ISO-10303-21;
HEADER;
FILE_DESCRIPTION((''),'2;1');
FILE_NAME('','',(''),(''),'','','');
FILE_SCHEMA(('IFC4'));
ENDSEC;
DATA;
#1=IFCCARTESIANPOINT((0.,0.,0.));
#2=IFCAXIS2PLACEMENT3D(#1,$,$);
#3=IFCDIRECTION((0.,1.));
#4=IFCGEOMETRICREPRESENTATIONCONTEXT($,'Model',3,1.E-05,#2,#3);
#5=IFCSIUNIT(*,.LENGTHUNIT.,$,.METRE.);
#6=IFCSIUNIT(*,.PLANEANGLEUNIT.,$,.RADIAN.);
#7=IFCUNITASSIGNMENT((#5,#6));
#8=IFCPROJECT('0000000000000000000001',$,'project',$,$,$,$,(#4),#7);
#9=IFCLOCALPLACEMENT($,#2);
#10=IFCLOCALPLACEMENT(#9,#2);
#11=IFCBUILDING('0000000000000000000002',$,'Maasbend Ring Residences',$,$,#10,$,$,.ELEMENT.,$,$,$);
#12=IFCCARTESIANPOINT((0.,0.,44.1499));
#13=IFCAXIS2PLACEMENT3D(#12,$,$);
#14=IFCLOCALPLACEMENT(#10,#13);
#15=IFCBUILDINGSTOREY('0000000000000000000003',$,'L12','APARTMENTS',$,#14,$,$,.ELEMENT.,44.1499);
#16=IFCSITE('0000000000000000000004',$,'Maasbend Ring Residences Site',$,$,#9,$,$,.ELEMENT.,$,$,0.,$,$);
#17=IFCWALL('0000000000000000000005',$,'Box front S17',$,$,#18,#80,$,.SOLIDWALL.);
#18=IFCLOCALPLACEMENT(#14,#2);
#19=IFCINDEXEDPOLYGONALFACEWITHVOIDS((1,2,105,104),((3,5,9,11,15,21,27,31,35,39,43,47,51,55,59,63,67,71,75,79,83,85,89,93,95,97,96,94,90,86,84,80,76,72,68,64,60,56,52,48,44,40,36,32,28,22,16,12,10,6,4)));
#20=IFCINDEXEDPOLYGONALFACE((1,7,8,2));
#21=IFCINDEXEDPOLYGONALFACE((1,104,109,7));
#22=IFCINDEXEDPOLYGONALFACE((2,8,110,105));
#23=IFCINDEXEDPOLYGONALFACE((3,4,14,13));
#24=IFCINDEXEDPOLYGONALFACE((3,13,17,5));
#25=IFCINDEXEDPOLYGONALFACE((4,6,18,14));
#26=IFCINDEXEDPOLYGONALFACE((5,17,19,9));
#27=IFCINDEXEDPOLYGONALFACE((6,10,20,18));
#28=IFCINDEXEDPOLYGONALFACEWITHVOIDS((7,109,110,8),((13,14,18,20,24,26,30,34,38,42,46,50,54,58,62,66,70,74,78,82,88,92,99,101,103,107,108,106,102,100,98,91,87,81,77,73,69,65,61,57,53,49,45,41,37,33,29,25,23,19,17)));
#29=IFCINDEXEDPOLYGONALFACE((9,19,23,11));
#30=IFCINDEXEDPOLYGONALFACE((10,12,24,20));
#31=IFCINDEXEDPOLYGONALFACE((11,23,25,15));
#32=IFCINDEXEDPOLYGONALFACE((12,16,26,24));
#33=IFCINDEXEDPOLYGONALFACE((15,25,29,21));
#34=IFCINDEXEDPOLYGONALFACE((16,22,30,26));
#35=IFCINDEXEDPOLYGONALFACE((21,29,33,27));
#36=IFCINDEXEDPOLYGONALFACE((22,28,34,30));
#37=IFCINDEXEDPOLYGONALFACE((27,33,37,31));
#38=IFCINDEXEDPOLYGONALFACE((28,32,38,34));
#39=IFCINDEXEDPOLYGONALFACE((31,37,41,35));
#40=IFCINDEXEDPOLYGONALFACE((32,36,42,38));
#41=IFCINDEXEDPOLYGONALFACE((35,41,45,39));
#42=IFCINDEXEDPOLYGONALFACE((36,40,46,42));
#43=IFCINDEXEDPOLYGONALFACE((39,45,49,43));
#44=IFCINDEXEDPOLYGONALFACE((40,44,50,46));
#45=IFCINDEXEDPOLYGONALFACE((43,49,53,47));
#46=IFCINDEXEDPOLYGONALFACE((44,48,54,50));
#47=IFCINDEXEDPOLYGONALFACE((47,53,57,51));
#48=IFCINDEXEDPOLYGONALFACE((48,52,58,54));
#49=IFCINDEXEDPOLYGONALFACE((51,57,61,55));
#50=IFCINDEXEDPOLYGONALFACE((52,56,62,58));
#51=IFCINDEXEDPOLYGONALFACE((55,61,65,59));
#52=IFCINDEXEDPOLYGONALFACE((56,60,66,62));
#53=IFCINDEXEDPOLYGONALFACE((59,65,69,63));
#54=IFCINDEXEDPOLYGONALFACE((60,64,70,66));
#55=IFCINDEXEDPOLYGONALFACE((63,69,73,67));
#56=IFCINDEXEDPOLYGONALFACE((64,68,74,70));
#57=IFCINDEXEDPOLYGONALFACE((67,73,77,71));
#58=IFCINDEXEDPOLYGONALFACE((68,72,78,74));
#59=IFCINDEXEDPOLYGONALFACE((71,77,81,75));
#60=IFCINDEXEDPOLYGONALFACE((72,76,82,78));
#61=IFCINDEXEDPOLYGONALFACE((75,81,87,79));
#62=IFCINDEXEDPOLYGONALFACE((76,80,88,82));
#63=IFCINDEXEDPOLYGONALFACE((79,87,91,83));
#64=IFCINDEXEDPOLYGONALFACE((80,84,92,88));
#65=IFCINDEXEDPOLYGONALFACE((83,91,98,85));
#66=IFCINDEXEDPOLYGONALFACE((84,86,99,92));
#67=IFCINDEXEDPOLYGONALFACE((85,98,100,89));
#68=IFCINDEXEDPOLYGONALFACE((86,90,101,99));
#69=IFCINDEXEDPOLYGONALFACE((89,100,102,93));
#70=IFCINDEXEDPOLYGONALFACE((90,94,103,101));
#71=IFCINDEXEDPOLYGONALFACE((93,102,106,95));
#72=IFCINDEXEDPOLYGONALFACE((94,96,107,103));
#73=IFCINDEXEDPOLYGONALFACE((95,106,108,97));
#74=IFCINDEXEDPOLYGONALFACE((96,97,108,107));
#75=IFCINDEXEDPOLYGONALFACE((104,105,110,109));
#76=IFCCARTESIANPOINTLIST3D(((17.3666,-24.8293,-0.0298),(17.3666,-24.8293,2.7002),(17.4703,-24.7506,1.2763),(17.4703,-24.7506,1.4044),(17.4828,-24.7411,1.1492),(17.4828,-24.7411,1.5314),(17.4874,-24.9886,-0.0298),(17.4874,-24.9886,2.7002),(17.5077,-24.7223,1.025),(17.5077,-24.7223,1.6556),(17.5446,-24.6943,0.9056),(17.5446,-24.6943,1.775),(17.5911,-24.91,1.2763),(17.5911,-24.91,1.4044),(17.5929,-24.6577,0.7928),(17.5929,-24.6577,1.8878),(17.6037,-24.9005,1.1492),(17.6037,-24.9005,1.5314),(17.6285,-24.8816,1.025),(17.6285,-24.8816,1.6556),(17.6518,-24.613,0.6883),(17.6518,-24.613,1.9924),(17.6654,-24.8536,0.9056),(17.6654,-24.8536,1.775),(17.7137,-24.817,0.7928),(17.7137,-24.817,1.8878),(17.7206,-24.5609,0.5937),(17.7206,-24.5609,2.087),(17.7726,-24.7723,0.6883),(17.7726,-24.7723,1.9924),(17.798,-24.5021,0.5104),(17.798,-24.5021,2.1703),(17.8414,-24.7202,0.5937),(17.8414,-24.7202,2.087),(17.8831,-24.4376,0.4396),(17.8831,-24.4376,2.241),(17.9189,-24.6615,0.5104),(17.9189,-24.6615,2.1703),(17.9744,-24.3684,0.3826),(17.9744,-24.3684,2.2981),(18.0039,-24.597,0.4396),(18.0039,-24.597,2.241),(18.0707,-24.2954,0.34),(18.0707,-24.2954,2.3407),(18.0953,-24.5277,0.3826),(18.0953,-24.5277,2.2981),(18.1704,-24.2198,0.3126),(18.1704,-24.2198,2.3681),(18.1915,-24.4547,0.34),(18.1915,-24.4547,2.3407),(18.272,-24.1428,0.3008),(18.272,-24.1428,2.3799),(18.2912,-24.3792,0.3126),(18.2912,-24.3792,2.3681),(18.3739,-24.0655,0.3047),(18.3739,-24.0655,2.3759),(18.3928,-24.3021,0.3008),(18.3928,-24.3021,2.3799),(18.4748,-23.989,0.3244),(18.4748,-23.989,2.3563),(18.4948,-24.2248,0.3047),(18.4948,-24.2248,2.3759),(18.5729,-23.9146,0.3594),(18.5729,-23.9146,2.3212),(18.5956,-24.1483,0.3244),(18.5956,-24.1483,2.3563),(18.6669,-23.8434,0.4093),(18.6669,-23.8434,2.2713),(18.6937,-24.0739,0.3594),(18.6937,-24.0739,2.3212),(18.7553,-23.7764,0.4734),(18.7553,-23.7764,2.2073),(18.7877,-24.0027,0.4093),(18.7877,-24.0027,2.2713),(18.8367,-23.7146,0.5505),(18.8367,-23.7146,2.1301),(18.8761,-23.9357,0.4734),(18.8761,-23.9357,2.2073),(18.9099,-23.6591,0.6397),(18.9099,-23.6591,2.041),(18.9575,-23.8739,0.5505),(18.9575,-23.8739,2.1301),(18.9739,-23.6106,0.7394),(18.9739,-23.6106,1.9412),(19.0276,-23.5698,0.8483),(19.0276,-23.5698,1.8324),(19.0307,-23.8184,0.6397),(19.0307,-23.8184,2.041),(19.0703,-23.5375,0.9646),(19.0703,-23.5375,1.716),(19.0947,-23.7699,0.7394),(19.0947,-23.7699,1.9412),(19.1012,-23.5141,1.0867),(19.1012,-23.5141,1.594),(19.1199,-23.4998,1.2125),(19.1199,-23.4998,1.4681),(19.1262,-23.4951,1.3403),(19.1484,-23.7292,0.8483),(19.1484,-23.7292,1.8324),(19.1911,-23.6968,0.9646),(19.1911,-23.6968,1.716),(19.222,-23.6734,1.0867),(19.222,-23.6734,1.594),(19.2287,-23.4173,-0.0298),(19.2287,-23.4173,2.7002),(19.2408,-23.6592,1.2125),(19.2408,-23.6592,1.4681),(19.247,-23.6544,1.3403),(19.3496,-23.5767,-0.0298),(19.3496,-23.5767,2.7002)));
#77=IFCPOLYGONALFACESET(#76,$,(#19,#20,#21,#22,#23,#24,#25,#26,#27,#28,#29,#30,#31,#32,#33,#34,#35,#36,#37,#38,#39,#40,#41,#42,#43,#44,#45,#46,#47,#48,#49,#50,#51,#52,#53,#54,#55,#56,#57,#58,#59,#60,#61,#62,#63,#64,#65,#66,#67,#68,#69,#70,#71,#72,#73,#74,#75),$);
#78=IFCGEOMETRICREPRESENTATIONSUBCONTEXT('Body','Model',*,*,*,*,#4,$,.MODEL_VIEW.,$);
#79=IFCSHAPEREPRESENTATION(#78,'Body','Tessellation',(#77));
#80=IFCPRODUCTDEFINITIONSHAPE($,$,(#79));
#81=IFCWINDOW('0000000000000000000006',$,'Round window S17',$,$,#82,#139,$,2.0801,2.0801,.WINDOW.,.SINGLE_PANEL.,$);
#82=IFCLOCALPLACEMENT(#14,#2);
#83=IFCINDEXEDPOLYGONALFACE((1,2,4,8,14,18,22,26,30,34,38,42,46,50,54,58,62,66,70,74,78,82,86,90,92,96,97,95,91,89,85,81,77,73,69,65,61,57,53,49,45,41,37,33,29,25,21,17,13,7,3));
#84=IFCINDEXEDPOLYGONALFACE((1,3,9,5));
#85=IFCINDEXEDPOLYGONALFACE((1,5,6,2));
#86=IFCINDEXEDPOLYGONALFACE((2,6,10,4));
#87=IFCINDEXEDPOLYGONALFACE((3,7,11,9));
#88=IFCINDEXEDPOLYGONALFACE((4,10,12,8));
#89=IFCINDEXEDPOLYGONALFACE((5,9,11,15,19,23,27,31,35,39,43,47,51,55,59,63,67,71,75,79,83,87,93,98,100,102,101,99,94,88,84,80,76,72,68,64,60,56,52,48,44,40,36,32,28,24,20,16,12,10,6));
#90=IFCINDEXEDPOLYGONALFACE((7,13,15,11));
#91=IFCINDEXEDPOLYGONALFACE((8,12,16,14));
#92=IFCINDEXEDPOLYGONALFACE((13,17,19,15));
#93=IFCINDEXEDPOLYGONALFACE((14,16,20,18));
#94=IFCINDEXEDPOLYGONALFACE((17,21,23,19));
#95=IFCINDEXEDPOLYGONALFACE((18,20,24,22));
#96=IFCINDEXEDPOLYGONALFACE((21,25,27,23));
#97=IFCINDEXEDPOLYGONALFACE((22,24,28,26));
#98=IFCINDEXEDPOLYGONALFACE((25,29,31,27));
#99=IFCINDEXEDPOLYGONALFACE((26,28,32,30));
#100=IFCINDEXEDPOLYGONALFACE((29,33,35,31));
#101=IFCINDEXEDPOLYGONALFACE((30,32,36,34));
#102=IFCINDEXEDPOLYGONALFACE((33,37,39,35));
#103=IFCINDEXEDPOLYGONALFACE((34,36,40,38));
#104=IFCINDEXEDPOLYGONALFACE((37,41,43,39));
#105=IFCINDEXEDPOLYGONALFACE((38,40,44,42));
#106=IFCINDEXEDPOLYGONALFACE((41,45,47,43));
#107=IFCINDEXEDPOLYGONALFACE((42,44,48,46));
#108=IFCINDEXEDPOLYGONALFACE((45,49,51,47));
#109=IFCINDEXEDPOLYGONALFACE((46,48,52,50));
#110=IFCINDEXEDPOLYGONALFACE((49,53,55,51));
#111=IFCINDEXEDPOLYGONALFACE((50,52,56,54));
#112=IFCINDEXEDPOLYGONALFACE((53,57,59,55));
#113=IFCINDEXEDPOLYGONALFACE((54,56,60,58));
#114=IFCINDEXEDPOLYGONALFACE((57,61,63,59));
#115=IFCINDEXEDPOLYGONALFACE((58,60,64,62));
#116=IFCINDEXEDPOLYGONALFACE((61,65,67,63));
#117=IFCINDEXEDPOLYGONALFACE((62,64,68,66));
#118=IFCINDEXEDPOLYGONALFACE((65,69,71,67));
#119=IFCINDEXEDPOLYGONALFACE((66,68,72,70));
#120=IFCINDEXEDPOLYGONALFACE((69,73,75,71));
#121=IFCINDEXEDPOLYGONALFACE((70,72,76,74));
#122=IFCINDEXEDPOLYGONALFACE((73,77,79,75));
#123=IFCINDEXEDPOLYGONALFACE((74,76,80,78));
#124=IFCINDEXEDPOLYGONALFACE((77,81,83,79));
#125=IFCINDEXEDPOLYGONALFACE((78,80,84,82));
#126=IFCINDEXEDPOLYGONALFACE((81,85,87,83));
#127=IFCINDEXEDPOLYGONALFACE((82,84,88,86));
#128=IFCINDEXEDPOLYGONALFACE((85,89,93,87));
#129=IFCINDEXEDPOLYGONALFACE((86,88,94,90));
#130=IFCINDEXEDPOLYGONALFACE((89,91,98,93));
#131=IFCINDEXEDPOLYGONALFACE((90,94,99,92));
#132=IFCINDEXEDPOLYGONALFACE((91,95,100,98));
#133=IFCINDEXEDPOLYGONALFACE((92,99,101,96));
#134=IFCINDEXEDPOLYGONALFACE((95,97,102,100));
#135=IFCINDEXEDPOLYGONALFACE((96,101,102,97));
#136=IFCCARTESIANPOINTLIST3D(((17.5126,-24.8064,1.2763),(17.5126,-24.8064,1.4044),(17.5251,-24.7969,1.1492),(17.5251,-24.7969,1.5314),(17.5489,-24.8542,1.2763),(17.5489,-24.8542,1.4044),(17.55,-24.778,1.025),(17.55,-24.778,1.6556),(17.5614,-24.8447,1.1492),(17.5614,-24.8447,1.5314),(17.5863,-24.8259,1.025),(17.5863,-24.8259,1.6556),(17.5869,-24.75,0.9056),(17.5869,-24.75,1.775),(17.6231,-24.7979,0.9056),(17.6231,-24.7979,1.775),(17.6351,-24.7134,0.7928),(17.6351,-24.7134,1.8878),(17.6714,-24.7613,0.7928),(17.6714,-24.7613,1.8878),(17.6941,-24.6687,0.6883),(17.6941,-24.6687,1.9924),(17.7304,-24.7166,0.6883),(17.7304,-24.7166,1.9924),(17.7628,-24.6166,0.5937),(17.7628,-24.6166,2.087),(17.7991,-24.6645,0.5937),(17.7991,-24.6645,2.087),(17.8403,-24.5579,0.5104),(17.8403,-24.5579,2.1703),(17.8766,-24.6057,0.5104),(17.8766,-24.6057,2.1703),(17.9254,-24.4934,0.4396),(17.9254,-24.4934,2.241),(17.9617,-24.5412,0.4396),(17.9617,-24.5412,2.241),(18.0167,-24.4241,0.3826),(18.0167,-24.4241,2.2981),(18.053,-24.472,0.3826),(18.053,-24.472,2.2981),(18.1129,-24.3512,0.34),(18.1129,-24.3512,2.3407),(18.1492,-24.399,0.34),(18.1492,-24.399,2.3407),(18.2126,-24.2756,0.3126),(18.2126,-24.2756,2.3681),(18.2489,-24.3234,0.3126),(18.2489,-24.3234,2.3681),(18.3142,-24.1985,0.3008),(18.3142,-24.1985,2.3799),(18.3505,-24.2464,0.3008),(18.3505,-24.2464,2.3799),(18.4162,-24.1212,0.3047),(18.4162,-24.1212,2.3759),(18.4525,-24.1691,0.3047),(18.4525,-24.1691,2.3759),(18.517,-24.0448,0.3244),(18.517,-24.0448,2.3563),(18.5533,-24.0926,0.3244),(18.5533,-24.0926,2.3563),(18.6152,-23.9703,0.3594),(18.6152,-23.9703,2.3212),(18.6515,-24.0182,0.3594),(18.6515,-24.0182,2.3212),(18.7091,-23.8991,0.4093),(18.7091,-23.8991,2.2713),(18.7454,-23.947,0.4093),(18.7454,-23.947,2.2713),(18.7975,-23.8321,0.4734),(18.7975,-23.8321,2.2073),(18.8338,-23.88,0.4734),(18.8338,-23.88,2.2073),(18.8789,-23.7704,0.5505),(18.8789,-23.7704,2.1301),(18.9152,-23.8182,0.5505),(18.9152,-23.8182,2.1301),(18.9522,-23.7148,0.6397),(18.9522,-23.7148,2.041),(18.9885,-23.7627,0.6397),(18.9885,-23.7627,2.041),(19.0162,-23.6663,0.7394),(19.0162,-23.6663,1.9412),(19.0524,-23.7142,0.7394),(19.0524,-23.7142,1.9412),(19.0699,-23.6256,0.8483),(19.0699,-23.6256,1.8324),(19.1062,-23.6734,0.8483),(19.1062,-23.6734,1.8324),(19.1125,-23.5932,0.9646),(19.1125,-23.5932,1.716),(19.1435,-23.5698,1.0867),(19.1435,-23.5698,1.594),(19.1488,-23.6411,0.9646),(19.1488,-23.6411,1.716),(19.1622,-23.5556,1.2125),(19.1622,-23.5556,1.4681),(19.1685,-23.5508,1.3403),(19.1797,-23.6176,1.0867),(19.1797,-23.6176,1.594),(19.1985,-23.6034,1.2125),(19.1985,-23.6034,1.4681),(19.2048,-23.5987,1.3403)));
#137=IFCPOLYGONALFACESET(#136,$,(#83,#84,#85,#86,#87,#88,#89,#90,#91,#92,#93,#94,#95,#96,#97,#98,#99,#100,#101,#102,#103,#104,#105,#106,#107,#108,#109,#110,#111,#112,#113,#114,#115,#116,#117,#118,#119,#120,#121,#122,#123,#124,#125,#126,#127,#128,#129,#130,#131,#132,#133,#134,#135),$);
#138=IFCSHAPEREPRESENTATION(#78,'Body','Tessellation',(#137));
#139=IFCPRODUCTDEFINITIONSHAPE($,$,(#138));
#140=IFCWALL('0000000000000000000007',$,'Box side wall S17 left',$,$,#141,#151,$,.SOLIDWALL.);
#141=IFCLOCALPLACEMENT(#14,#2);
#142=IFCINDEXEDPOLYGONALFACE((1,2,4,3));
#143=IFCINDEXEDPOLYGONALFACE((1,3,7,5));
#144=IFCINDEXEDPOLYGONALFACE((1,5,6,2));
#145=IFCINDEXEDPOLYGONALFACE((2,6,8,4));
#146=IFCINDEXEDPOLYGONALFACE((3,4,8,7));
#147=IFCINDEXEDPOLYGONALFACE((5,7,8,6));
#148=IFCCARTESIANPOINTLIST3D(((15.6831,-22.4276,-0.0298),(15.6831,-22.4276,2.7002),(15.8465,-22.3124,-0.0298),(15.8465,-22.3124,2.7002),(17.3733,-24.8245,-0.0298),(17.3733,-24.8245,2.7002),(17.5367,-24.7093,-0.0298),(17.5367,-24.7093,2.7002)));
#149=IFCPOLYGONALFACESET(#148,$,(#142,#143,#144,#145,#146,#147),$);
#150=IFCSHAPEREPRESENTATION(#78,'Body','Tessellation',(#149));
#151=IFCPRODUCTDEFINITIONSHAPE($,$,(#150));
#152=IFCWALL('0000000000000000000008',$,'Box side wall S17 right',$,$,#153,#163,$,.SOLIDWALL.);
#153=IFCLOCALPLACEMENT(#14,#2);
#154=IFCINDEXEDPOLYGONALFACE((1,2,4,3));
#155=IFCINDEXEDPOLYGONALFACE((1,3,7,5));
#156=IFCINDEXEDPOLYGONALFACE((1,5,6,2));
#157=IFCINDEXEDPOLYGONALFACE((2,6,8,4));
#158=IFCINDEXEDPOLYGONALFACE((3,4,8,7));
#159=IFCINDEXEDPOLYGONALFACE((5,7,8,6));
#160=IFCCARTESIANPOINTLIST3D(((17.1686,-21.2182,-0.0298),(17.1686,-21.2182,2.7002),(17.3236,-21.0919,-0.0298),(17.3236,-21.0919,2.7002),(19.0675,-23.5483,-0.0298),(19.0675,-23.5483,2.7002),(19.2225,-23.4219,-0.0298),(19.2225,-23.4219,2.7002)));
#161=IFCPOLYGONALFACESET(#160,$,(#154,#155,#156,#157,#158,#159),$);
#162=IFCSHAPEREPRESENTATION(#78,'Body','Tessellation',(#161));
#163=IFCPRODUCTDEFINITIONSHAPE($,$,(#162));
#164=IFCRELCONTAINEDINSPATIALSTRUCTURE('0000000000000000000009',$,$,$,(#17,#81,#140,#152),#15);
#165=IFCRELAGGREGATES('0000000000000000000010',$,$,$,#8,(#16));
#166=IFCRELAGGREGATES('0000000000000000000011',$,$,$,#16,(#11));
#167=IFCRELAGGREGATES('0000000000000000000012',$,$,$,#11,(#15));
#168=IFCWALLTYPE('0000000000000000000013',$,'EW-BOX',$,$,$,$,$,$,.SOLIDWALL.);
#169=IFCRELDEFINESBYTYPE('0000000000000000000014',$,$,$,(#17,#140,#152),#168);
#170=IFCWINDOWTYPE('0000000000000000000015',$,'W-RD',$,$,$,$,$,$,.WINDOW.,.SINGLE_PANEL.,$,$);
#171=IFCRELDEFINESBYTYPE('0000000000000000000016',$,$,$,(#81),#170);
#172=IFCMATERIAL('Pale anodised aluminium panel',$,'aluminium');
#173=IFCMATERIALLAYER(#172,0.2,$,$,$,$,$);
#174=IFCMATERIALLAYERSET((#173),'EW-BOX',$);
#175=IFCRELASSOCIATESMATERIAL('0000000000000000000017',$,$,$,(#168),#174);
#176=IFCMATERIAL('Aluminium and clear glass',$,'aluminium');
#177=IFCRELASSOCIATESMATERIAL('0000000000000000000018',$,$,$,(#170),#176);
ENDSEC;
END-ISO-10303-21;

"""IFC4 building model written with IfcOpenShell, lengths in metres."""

from ifc_helpers import new_model, si_unit, direction, frame, frame_2d, origin, place, context, subcontext, project, spatial, rectangle, circle, extrude, material, layer, layer_set, type_object, element, fill, save


model = new_model("IFC4")

# Units and contexts
model_context = context("Model", 3, precision=1e-05, world=origin(), true_north=direction((0.0, 1.0)))
body_context = subcontext(model_context, "Body", "Model", "MODEL_VIEW")
ifc_project = project(units=[si_unit("LENGTHUNIT", "METRE"), si_unit("PLANEANGLEUNIT", "RADIAN")], contexts=[model_context])

# Site, building, storey
site_placement = place(None, origin())
site = spatial("IfcSite", under=ifc_project, at=site_placement, Name="Maasbend Ring Residences Site", CompositionType="ELEMENT", RefElevation=0.0)
building_placement = place(site_placement, origin())
building = spatial("IfcBuilding", under=site, at=building_placement, Name="Maasbend Ring Residences", CompositionType="ELEMENT")
storey_placement = place(building_placement, frame((0.0, 0.0, 44.1499)))
storey = spatial("IfcBuildingStorey", under=building, at=storey_placement, Name="L12", Description="APARTMENTS", CompositionType="ELEMENT", Elevation=44.1499)

# Shared definitions
ifc_material_1 = material(Name="Pale anodised aluminium panel", Category="aluminium")
ifc_layer_1 = layer(ifc_material_1, 0.2)
ifc_layer_set_1 = layer_set([ifc_layer_1], Name="EW-BOX")
wall_type_1 = type_object("IfcWallType", Name="EW-BOX", PredefinedType="SOLIDWALL", material=ifc_layer_set_1)
ifc_material_2 = material(Name="Aluminium and clear glass", Category="aluminium")
window_type_1 = type_object("IfcWindowType", Name="W-RD", PartitioningType="SINGLE_PANEL", PredefinedType="WINDOW", material=ifc_material_2)

# Wall, opening, window
wall_1_placement = place(storey_placement, frame((17.427, -24.9089, -0.0298), z_axis=(0.0, 0.0, 1.0), x_axis=(0.796842, 0.604188, 0.0)))
wall_1 = element("IfcWall", 1, at=wall_1_placement, inside=storey, type_object=wall_type_1, Name="Box front S17", PredefinedType="SOLIDWALL", context=body_context, shape_type="SweptSolid", body=[
    extrude(rectangle(XDim=2.3369, YDim=0.2, at=frame_2d((1.1685, 0.0))), origin(), (0.0, 0.0, 1.0), 2.73),
])
opening_1_placement = place(wall_1_placement, frame((0.1282, 0.0, 0.3301)))
opening_1 = element("IfcOpeningElement", 2, at=opening_1_placement, cuts=wall_1, PredefinedType="OPENING", context=body_context, shape_type="SweptSolid", body=[
    extrude(circle(Radius=1.04, at=frame_2d((1.04, 1.04))), frame((0.0, 0.1099, 0.0), z_axis=(0.0, -1.0, 0.0), x_axis=(1.0, 0.0, 0.0)), (0.0, 0.0, 1.0), 0.22),
])
window_1_placement = place(opening_1_placement, origin())
window_1 = element("IfcWindow", 3, at=window_1_placement, inside=storey, type_object=window_type_1, Name="Round window S17", OverallHeight=2.0801, OverallWidth=2.0801, PartitioningType="SINGLE_PANEL", PredefinedType="WINDOW", context=body_context, shape_type="SweptSolid", body=[
    extrude(circle(Radius=1.04, at=frame_2d((1.04, 1.04))), frame((0.0, 0.03, 0.0), z_axis=(0.0, -1.0, 0.0), x_axis=(1.0, 0.0, 0.0)), (0.0, 0.0, 1.0), 0.0601),
])
fill(opening_1, window_1)

# Walls
wall_2_placement = place(storey_placement, frame((15.7649, -22.3701, -0.0298), z_axis=(0.0, 0.0, 1.0), x_axis=(0.576275, -0.817256, 0.0)))
element("IfcWall", 4, at=wall_2_placement, inside=storey, type_object=wall_type_1, Name="Box side wall S17 left", PredefinedType="SOLIDWALL", context=body_context, shape_type="SweptSolid", body=[
    extrude(rectangle(XDim=2.9329, YDim=0.2, at=frame_2d((1.4663, 0.0))), origin(), (0.0, 0.0, 1.0), 2.73),
])
wall_3_placement = place(storey_placement, frame((17.2461, -21.155, -0.0298), z_axis=(0.0, 0.0, 1.0), x_axis=(0.631742, -0.775179, 0.0)))
element("IfcWall", 5, at=wall_3_placement, inside=storey, type_object=wall_type_1, Name="Box side wall S17 right", PredefinedType="SOLIDWALL", context=body_context, shape_type="SweptSolid", body=[
    extrude(rectangle(XDim=3.0059, YDim=0.2, at=frame_2d((1.5029, 0.0))), origin(), (0.0, 0.0, 1.0), 2.73),
])

save(model, "model.ifc")
